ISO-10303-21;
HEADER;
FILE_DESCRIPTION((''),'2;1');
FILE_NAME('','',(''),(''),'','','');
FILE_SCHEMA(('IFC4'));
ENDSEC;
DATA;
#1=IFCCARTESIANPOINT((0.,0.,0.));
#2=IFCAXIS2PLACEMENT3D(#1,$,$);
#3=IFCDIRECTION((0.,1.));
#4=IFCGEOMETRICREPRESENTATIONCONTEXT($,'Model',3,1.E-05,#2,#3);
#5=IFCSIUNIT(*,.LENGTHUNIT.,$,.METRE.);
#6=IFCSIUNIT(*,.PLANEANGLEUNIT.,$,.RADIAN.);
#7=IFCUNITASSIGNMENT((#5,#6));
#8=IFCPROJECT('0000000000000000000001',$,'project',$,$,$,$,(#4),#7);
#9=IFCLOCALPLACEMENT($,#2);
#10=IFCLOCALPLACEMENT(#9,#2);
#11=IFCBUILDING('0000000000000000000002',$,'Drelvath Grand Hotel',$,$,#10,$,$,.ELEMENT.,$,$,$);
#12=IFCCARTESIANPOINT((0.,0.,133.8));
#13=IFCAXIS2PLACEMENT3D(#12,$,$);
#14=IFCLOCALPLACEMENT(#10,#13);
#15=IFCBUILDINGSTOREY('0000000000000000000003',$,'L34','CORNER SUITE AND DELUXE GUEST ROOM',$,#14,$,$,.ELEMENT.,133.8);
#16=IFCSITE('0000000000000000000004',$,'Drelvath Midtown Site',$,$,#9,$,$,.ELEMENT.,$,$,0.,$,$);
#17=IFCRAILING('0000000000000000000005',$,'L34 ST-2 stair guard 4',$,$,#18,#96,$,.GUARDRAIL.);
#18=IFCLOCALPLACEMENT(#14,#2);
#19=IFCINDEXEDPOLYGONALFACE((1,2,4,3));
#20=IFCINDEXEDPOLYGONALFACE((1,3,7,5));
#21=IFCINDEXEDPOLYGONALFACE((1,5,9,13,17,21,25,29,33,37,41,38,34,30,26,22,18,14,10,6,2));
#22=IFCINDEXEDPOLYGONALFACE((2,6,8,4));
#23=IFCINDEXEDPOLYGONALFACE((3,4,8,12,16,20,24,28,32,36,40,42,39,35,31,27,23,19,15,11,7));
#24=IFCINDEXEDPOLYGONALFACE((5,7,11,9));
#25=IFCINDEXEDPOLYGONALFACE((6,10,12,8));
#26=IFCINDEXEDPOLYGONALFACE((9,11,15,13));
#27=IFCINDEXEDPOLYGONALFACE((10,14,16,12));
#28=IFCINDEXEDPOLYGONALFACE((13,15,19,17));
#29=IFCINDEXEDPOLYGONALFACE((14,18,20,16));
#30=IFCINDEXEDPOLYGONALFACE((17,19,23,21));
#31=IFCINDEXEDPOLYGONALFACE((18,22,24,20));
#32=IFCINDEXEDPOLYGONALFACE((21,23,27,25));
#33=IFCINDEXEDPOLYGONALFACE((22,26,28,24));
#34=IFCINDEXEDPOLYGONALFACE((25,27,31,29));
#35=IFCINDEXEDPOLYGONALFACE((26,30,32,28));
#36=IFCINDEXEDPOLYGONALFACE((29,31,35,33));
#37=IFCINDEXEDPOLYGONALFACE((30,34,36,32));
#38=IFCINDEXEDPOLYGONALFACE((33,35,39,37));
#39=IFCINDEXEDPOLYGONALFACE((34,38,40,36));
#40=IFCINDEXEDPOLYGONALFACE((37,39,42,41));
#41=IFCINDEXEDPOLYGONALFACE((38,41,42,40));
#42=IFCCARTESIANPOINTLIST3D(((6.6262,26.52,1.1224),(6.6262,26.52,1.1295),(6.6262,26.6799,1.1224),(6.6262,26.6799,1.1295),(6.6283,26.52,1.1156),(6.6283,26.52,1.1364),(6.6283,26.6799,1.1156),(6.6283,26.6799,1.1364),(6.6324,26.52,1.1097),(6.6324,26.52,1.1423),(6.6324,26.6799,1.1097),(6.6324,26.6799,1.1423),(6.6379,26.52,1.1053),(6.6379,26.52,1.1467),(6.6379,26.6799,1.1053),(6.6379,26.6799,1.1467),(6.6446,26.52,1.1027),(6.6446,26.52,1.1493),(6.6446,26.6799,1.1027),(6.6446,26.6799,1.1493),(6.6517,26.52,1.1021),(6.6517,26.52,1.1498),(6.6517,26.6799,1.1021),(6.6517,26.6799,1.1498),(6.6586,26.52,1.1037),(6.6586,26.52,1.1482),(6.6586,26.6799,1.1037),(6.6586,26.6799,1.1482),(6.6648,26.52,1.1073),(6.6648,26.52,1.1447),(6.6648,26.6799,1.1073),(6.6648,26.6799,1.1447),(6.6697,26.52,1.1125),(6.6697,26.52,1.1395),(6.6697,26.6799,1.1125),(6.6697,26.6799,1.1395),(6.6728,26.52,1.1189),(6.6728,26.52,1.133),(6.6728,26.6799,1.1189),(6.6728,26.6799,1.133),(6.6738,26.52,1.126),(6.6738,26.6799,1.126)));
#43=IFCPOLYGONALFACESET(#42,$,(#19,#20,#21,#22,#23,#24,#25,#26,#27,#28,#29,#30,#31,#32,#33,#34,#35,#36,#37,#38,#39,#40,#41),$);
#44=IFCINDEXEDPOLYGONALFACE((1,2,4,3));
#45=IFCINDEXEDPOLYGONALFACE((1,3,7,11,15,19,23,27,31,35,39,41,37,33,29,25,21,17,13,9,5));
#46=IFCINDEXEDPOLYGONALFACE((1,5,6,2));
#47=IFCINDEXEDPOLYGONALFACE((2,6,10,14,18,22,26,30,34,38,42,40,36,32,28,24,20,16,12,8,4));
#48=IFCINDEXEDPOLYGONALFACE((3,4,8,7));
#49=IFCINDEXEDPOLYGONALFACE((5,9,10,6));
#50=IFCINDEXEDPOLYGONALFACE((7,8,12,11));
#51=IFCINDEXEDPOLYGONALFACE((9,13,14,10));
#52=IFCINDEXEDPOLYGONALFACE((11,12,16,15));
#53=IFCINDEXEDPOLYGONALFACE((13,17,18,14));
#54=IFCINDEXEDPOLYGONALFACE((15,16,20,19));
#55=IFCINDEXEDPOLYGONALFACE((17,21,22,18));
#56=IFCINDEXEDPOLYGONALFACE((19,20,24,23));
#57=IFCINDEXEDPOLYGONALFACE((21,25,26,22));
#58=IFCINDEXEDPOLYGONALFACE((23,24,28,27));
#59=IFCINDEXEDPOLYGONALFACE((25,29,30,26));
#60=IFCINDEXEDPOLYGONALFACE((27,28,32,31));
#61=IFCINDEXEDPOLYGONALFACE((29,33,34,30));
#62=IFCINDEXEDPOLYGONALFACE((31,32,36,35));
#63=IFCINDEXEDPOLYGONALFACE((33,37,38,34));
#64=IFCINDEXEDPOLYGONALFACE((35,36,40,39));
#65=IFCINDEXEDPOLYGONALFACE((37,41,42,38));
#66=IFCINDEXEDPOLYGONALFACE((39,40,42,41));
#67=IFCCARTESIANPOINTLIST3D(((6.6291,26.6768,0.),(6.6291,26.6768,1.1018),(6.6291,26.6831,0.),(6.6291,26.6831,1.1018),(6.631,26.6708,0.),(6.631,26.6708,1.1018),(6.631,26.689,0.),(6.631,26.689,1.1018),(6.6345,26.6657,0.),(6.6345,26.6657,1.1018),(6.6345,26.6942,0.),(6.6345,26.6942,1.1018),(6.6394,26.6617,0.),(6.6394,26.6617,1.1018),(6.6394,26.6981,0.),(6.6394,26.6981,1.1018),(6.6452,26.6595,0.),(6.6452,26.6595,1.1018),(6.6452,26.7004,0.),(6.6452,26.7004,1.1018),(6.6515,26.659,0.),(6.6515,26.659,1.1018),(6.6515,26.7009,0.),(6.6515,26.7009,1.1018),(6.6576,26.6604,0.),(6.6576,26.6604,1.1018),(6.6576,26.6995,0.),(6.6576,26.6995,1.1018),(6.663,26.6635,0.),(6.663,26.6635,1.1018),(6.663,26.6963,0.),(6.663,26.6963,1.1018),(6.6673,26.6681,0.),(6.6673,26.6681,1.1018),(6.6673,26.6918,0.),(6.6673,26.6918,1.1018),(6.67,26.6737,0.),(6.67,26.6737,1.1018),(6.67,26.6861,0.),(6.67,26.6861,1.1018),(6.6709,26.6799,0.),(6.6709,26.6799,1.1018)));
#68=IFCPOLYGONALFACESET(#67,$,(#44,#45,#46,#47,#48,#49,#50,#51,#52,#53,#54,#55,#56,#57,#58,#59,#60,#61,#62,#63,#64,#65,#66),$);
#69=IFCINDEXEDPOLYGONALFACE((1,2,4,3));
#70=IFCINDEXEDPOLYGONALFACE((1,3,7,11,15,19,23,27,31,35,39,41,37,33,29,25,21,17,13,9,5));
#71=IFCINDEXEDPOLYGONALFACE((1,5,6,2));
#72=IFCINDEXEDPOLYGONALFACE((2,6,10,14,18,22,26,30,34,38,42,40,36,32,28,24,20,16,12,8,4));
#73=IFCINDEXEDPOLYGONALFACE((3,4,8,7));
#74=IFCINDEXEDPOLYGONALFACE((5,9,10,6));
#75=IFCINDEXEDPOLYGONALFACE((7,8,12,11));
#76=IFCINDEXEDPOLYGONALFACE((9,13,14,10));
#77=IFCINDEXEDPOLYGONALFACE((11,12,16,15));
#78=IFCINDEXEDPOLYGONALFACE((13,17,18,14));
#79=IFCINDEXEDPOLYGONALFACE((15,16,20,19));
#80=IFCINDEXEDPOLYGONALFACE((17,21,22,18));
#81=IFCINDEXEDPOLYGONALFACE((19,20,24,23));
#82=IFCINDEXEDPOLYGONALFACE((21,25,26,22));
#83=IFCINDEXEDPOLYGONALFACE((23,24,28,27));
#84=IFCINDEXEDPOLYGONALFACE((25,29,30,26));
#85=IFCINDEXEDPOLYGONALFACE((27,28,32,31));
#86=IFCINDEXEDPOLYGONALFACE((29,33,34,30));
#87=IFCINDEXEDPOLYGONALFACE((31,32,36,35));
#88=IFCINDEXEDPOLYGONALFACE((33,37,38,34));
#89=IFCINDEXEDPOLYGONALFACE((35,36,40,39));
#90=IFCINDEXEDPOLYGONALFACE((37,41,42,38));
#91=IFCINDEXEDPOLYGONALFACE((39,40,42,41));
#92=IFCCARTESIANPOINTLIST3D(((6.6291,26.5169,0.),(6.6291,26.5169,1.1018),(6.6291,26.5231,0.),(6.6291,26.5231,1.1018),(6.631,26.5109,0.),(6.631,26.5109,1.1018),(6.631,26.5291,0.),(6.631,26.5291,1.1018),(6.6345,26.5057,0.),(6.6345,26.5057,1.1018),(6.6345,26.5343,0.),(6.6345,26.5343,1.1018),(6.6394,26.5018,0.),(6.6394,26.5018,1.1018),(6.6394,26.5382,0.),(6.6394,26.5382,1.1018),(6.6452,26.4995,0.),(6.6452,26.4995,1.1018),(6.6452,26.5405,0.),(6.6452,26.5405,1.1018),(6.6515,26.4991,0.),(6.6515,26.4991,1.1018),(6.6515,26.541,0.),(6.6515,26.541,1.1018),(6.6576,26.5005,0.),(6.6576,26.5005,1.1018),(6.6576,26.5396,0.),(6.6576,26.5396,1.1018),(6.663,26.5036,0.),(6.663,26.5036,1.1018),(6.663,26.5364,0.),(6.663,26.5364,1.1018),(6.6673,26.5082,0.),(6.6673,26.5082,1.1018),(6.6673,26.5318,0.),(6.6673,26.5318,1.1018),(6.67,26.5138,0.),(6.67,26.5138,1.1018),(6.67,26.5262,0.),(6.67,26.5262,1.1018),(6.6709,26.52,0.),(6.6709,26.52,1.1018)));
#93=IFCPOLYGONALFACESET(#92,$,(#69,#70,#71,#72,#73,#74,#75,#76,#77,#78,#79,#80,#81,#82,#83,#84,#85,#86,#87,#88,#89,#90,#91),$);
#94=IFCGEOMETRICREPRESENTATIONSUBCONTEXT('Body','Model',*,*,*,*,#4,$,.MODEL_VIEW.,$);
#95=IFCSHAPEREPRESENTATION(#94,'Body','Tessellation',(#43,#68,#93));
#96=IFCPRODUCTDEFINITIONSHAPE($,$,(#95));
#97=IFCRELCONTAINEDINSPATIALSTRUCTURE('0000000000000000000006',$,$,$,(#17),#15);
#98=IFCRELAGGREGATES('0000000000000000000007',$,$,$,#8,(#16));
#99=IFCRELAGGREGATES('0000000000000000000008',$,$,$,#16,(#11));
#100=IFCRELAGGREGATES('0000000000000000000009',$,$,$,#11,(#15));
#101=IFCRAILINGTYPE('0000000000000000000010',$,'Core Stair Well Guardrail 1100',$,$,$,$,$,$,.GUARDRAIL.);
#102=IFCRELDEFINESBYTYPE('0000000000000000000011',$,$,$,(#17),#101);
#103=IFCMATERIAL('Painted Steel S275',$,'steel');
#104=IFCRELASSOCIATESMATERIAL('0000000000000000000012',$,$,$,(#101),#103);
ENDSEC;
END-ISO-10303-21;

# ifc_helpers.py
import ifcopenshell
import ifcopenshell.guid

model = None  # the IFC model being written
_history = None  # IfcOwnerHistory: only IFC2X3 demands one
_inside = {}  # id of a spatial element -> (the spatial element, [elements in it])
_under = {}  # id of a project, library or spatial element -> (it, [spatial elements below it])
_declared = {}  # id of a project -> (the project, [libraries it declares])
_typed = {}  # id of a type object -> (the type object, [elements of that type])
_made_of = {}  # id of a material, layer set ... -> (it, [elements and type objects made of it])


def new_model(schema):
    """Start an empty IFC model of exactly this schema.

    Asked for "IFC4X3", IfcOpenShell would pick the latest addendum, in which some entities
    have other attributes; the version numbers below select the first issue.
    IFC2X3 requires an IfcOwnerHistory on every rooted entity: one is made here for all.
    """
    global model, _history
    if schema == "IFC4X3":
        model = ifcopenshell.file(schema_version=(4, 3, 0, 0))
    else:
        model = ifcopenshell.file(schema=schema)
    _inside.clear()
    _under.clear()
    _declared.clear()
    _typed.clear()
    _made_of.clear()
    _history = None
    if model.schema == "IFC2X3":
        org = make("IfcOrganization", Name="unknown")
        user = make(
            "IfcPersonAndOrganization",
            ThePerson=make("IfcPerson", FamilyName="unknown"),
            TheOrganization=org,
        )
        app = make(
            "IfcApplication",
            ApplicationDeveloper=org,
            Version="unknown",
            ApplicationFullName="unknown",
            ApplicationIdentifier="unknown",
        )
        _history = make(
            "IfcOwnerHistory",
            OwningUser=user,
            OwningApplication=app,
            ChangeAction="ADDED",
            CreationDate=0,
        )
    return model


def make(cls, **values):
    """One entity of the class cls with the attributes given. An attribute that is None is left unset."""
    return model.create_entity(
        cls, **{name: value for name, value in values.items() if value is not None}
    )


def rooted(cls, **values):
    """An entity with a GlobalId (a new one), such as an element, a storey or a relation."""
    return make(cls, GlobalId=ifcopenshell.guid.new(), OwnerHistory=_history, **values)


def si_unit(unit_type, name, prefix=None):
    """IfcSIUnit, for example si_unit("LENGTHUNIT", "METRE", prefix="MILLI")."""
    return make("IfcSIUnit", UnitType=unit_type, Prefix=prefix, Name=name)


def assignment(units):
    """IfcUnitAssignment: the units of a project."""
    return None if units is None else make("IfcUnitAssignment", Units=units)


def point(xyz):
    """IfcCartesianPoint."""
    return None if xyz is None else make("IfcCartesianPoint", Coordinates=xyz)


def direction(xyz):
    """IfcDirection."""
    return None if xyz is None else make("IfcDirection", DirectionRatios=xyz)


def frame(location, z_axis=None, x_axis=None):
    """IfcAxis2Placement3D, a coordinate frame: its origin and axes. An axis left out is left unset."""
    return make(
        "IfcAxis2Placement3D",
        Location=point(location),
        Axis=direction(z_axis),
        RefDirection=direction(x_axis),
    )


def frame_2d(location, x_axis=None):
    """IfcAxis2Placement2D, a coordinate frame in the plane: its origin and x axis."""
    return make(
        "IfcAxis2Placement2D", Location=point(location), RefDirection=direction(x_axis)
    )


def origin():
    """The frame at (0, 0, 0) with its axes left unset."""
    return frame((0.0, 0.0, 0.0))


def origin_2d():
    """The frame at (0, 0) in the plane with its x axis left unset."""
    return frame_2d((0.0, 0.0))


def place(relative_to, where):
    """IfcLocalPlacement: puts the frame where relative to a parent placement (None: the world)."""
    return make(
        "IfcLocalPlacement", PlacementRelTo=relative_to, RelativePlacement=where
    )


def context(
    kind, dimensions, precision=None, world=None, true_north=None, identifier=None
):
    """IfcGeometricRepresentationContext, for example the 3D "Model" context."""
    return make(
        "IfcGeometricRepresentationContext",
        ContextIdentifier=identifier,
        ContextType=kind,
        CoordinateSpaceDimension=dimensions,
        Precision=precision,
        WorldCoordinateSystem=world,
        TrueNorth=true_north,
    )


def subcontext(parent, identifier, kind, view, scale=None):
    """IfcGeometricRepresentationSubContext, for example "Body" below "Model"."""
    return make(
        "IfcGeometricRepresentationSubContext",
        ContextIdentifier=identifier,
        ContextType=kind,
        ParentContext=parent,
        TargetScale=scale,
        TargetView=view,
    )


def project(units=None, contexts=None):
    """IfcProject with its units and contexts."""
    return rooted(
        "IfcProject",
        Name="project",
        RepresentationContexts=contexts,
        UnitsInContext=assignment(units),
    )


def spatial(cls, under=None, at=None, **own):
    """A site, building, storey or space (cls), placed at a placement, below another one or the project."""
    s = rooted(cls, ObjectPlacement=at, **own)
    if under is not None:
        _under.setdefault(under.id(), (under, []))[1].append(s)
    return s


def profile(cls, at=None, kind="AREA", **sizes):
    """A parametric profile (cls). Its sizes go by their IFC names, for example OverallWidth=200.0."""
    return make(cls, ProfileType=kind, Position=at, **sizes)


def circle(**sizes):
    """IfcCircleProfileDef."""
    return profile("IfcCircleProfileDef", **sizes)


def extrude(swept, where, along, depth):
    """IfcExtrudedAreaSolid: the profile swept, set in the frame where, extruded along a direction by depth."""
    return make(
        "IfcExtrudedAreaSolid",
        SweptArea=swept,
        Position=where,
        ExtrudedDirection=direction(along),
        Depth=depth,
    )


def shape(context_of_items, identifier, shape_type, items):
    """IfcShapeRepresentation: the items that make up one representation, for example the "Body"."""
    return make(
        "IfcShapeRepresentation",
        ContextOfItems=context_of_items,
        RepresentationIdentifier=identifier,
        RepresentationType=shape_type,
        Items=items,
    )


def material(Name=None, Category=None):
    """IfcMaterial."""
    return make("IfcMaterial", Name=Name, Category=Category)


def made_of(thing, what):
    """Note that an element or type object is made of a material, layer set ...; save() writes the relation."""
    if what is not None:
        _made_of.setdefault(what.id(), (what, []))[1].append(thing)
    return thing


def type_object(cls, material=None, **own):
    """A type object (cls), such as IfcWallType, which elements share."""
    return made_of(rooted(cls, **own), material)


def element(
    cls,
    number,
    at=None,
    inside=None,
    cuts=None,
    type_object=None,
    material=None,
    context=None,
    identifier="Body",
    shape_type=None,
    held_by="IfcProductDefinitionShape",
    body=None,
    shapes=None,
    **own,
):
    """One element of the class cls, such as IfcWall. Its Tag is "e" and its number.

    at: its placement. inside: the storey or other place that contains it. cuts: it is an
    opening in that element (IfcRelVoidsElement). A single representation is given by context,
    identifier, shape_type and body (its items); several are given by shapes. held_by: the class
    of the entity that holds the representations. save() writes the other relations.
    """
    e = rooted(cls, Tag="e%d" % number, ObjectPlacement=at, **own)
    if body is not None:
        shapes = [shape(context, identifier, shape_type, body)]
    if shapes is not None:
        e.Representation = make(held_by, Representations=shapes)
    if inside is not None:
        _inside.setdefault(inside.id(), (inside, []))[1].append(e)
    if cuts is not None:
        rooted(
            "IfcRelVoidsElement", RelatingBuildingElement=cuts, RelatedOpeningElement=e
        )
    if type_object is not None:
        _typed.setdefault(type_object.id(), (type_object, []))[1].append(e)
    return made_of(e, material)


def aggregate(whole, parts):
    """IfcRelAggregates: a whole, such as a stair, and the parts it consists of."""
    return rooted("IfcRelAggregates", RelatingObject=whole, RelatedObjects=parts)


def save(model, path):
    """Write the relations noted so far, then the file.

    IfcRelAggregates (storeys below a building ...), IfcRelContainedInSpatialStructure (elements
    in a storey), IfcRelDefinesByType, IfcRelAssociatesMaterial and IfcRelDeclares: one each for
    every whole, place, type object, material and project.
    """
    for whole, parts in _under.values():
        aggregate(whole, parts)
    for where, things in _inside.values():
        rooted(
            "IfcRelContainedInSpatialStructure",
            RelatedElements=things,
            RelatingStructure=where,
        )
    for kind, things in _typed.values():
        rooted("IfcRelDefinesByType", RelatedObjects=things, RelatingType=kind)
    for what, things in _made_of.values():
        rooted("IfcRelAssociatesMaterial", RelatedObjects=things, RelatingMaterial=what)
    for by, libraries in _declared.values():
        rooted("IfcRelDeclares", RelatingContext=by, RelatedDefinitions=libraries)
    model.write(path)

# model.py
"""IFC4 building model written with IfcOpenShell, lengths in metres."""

from ifc_helpers import new_model, si_unit, direction, frame, origin, origin_2d, place, context, subcontext, project, spatial, circle, extrude, material, type_object, element, save


model = new_model("IFC4")

# Units and contexts
model_context = context("Model", 3, precision=1e-05, world=origin(), true_north=direction((0.0, 1.0)))
body_context = subcontext(model_context, "Body", "Model", "MODEL_VIEW")
ifc_project = project(units=[si_unit("LENGTHUNIT", "METRE"), si_unit("PLANEANGLEUNIT", "RADIAN")], contexts=[model_context])

# Site, building, storey
site_placement = place(None, origin())
site = spatial("IfcSite", under=ifc_project, at=site_placement, Name="Drelvath Midtown Site", CompositionType="ELEMENT", RefElevation=0.0)
building_placement = place(site_placement, origin())
building = spatial("IfcBuilding", under=site, at=building_placement, Name="Drelvath Grand Hotel", CompositionType="ELEMENT")
storey_placement = place(building_placement, frame((0.0, 0.0, 133.8)))
storey = spatial("IfcBuildingStorey", under=building, at=storey_placement, Name="L34", Description="CORNER SUITE AND DELUXE GUEST ROOM", CompositionType="ELEMENT", Elevation=133.8)

# Railing
ifc_material_1 = material(Name="Painted Steel S275", Category="steel")
railing_type_1 = type_object("IfcRailingType", Name="Core Stair Well Guardrail 1100", PredefinedType="GUARDRAIL", material=ifc_material_1)
railing_1_placement = place(storey_placement, frame((6.6499, 26.6799, 0.0)))
element("IfcRailing", 1, at=railing_1_placement, inside=storey, type_object=railing_type_1, Name="L34 ST-2 stair guard 4", PredefinedType="GUARDRAIL", context=body_context, shape_type="SweptSolid", body=[
    extrude(circle(Radius=0.0239, at=origin_2d()), frame((0.0, 0.0, 1.126), z_axis=(0.0, -1.0, 0.0), x_axis=(1.0, 0.0, 0.0)), (0.0, 0.0, 1.0), 0.1599),
    extrude(circle(Radius=0.021, at=origin_2d()), origin(), (0.0, 0.0, 1.0), 1.1018),
    extrude(circle(Radius=0.021, at=origin_2d()), frame((0.0, -0.1599, 0.0)), (0.0, 0.0, 1.0), 1.1018),
])

save(model, "model.ifc")
